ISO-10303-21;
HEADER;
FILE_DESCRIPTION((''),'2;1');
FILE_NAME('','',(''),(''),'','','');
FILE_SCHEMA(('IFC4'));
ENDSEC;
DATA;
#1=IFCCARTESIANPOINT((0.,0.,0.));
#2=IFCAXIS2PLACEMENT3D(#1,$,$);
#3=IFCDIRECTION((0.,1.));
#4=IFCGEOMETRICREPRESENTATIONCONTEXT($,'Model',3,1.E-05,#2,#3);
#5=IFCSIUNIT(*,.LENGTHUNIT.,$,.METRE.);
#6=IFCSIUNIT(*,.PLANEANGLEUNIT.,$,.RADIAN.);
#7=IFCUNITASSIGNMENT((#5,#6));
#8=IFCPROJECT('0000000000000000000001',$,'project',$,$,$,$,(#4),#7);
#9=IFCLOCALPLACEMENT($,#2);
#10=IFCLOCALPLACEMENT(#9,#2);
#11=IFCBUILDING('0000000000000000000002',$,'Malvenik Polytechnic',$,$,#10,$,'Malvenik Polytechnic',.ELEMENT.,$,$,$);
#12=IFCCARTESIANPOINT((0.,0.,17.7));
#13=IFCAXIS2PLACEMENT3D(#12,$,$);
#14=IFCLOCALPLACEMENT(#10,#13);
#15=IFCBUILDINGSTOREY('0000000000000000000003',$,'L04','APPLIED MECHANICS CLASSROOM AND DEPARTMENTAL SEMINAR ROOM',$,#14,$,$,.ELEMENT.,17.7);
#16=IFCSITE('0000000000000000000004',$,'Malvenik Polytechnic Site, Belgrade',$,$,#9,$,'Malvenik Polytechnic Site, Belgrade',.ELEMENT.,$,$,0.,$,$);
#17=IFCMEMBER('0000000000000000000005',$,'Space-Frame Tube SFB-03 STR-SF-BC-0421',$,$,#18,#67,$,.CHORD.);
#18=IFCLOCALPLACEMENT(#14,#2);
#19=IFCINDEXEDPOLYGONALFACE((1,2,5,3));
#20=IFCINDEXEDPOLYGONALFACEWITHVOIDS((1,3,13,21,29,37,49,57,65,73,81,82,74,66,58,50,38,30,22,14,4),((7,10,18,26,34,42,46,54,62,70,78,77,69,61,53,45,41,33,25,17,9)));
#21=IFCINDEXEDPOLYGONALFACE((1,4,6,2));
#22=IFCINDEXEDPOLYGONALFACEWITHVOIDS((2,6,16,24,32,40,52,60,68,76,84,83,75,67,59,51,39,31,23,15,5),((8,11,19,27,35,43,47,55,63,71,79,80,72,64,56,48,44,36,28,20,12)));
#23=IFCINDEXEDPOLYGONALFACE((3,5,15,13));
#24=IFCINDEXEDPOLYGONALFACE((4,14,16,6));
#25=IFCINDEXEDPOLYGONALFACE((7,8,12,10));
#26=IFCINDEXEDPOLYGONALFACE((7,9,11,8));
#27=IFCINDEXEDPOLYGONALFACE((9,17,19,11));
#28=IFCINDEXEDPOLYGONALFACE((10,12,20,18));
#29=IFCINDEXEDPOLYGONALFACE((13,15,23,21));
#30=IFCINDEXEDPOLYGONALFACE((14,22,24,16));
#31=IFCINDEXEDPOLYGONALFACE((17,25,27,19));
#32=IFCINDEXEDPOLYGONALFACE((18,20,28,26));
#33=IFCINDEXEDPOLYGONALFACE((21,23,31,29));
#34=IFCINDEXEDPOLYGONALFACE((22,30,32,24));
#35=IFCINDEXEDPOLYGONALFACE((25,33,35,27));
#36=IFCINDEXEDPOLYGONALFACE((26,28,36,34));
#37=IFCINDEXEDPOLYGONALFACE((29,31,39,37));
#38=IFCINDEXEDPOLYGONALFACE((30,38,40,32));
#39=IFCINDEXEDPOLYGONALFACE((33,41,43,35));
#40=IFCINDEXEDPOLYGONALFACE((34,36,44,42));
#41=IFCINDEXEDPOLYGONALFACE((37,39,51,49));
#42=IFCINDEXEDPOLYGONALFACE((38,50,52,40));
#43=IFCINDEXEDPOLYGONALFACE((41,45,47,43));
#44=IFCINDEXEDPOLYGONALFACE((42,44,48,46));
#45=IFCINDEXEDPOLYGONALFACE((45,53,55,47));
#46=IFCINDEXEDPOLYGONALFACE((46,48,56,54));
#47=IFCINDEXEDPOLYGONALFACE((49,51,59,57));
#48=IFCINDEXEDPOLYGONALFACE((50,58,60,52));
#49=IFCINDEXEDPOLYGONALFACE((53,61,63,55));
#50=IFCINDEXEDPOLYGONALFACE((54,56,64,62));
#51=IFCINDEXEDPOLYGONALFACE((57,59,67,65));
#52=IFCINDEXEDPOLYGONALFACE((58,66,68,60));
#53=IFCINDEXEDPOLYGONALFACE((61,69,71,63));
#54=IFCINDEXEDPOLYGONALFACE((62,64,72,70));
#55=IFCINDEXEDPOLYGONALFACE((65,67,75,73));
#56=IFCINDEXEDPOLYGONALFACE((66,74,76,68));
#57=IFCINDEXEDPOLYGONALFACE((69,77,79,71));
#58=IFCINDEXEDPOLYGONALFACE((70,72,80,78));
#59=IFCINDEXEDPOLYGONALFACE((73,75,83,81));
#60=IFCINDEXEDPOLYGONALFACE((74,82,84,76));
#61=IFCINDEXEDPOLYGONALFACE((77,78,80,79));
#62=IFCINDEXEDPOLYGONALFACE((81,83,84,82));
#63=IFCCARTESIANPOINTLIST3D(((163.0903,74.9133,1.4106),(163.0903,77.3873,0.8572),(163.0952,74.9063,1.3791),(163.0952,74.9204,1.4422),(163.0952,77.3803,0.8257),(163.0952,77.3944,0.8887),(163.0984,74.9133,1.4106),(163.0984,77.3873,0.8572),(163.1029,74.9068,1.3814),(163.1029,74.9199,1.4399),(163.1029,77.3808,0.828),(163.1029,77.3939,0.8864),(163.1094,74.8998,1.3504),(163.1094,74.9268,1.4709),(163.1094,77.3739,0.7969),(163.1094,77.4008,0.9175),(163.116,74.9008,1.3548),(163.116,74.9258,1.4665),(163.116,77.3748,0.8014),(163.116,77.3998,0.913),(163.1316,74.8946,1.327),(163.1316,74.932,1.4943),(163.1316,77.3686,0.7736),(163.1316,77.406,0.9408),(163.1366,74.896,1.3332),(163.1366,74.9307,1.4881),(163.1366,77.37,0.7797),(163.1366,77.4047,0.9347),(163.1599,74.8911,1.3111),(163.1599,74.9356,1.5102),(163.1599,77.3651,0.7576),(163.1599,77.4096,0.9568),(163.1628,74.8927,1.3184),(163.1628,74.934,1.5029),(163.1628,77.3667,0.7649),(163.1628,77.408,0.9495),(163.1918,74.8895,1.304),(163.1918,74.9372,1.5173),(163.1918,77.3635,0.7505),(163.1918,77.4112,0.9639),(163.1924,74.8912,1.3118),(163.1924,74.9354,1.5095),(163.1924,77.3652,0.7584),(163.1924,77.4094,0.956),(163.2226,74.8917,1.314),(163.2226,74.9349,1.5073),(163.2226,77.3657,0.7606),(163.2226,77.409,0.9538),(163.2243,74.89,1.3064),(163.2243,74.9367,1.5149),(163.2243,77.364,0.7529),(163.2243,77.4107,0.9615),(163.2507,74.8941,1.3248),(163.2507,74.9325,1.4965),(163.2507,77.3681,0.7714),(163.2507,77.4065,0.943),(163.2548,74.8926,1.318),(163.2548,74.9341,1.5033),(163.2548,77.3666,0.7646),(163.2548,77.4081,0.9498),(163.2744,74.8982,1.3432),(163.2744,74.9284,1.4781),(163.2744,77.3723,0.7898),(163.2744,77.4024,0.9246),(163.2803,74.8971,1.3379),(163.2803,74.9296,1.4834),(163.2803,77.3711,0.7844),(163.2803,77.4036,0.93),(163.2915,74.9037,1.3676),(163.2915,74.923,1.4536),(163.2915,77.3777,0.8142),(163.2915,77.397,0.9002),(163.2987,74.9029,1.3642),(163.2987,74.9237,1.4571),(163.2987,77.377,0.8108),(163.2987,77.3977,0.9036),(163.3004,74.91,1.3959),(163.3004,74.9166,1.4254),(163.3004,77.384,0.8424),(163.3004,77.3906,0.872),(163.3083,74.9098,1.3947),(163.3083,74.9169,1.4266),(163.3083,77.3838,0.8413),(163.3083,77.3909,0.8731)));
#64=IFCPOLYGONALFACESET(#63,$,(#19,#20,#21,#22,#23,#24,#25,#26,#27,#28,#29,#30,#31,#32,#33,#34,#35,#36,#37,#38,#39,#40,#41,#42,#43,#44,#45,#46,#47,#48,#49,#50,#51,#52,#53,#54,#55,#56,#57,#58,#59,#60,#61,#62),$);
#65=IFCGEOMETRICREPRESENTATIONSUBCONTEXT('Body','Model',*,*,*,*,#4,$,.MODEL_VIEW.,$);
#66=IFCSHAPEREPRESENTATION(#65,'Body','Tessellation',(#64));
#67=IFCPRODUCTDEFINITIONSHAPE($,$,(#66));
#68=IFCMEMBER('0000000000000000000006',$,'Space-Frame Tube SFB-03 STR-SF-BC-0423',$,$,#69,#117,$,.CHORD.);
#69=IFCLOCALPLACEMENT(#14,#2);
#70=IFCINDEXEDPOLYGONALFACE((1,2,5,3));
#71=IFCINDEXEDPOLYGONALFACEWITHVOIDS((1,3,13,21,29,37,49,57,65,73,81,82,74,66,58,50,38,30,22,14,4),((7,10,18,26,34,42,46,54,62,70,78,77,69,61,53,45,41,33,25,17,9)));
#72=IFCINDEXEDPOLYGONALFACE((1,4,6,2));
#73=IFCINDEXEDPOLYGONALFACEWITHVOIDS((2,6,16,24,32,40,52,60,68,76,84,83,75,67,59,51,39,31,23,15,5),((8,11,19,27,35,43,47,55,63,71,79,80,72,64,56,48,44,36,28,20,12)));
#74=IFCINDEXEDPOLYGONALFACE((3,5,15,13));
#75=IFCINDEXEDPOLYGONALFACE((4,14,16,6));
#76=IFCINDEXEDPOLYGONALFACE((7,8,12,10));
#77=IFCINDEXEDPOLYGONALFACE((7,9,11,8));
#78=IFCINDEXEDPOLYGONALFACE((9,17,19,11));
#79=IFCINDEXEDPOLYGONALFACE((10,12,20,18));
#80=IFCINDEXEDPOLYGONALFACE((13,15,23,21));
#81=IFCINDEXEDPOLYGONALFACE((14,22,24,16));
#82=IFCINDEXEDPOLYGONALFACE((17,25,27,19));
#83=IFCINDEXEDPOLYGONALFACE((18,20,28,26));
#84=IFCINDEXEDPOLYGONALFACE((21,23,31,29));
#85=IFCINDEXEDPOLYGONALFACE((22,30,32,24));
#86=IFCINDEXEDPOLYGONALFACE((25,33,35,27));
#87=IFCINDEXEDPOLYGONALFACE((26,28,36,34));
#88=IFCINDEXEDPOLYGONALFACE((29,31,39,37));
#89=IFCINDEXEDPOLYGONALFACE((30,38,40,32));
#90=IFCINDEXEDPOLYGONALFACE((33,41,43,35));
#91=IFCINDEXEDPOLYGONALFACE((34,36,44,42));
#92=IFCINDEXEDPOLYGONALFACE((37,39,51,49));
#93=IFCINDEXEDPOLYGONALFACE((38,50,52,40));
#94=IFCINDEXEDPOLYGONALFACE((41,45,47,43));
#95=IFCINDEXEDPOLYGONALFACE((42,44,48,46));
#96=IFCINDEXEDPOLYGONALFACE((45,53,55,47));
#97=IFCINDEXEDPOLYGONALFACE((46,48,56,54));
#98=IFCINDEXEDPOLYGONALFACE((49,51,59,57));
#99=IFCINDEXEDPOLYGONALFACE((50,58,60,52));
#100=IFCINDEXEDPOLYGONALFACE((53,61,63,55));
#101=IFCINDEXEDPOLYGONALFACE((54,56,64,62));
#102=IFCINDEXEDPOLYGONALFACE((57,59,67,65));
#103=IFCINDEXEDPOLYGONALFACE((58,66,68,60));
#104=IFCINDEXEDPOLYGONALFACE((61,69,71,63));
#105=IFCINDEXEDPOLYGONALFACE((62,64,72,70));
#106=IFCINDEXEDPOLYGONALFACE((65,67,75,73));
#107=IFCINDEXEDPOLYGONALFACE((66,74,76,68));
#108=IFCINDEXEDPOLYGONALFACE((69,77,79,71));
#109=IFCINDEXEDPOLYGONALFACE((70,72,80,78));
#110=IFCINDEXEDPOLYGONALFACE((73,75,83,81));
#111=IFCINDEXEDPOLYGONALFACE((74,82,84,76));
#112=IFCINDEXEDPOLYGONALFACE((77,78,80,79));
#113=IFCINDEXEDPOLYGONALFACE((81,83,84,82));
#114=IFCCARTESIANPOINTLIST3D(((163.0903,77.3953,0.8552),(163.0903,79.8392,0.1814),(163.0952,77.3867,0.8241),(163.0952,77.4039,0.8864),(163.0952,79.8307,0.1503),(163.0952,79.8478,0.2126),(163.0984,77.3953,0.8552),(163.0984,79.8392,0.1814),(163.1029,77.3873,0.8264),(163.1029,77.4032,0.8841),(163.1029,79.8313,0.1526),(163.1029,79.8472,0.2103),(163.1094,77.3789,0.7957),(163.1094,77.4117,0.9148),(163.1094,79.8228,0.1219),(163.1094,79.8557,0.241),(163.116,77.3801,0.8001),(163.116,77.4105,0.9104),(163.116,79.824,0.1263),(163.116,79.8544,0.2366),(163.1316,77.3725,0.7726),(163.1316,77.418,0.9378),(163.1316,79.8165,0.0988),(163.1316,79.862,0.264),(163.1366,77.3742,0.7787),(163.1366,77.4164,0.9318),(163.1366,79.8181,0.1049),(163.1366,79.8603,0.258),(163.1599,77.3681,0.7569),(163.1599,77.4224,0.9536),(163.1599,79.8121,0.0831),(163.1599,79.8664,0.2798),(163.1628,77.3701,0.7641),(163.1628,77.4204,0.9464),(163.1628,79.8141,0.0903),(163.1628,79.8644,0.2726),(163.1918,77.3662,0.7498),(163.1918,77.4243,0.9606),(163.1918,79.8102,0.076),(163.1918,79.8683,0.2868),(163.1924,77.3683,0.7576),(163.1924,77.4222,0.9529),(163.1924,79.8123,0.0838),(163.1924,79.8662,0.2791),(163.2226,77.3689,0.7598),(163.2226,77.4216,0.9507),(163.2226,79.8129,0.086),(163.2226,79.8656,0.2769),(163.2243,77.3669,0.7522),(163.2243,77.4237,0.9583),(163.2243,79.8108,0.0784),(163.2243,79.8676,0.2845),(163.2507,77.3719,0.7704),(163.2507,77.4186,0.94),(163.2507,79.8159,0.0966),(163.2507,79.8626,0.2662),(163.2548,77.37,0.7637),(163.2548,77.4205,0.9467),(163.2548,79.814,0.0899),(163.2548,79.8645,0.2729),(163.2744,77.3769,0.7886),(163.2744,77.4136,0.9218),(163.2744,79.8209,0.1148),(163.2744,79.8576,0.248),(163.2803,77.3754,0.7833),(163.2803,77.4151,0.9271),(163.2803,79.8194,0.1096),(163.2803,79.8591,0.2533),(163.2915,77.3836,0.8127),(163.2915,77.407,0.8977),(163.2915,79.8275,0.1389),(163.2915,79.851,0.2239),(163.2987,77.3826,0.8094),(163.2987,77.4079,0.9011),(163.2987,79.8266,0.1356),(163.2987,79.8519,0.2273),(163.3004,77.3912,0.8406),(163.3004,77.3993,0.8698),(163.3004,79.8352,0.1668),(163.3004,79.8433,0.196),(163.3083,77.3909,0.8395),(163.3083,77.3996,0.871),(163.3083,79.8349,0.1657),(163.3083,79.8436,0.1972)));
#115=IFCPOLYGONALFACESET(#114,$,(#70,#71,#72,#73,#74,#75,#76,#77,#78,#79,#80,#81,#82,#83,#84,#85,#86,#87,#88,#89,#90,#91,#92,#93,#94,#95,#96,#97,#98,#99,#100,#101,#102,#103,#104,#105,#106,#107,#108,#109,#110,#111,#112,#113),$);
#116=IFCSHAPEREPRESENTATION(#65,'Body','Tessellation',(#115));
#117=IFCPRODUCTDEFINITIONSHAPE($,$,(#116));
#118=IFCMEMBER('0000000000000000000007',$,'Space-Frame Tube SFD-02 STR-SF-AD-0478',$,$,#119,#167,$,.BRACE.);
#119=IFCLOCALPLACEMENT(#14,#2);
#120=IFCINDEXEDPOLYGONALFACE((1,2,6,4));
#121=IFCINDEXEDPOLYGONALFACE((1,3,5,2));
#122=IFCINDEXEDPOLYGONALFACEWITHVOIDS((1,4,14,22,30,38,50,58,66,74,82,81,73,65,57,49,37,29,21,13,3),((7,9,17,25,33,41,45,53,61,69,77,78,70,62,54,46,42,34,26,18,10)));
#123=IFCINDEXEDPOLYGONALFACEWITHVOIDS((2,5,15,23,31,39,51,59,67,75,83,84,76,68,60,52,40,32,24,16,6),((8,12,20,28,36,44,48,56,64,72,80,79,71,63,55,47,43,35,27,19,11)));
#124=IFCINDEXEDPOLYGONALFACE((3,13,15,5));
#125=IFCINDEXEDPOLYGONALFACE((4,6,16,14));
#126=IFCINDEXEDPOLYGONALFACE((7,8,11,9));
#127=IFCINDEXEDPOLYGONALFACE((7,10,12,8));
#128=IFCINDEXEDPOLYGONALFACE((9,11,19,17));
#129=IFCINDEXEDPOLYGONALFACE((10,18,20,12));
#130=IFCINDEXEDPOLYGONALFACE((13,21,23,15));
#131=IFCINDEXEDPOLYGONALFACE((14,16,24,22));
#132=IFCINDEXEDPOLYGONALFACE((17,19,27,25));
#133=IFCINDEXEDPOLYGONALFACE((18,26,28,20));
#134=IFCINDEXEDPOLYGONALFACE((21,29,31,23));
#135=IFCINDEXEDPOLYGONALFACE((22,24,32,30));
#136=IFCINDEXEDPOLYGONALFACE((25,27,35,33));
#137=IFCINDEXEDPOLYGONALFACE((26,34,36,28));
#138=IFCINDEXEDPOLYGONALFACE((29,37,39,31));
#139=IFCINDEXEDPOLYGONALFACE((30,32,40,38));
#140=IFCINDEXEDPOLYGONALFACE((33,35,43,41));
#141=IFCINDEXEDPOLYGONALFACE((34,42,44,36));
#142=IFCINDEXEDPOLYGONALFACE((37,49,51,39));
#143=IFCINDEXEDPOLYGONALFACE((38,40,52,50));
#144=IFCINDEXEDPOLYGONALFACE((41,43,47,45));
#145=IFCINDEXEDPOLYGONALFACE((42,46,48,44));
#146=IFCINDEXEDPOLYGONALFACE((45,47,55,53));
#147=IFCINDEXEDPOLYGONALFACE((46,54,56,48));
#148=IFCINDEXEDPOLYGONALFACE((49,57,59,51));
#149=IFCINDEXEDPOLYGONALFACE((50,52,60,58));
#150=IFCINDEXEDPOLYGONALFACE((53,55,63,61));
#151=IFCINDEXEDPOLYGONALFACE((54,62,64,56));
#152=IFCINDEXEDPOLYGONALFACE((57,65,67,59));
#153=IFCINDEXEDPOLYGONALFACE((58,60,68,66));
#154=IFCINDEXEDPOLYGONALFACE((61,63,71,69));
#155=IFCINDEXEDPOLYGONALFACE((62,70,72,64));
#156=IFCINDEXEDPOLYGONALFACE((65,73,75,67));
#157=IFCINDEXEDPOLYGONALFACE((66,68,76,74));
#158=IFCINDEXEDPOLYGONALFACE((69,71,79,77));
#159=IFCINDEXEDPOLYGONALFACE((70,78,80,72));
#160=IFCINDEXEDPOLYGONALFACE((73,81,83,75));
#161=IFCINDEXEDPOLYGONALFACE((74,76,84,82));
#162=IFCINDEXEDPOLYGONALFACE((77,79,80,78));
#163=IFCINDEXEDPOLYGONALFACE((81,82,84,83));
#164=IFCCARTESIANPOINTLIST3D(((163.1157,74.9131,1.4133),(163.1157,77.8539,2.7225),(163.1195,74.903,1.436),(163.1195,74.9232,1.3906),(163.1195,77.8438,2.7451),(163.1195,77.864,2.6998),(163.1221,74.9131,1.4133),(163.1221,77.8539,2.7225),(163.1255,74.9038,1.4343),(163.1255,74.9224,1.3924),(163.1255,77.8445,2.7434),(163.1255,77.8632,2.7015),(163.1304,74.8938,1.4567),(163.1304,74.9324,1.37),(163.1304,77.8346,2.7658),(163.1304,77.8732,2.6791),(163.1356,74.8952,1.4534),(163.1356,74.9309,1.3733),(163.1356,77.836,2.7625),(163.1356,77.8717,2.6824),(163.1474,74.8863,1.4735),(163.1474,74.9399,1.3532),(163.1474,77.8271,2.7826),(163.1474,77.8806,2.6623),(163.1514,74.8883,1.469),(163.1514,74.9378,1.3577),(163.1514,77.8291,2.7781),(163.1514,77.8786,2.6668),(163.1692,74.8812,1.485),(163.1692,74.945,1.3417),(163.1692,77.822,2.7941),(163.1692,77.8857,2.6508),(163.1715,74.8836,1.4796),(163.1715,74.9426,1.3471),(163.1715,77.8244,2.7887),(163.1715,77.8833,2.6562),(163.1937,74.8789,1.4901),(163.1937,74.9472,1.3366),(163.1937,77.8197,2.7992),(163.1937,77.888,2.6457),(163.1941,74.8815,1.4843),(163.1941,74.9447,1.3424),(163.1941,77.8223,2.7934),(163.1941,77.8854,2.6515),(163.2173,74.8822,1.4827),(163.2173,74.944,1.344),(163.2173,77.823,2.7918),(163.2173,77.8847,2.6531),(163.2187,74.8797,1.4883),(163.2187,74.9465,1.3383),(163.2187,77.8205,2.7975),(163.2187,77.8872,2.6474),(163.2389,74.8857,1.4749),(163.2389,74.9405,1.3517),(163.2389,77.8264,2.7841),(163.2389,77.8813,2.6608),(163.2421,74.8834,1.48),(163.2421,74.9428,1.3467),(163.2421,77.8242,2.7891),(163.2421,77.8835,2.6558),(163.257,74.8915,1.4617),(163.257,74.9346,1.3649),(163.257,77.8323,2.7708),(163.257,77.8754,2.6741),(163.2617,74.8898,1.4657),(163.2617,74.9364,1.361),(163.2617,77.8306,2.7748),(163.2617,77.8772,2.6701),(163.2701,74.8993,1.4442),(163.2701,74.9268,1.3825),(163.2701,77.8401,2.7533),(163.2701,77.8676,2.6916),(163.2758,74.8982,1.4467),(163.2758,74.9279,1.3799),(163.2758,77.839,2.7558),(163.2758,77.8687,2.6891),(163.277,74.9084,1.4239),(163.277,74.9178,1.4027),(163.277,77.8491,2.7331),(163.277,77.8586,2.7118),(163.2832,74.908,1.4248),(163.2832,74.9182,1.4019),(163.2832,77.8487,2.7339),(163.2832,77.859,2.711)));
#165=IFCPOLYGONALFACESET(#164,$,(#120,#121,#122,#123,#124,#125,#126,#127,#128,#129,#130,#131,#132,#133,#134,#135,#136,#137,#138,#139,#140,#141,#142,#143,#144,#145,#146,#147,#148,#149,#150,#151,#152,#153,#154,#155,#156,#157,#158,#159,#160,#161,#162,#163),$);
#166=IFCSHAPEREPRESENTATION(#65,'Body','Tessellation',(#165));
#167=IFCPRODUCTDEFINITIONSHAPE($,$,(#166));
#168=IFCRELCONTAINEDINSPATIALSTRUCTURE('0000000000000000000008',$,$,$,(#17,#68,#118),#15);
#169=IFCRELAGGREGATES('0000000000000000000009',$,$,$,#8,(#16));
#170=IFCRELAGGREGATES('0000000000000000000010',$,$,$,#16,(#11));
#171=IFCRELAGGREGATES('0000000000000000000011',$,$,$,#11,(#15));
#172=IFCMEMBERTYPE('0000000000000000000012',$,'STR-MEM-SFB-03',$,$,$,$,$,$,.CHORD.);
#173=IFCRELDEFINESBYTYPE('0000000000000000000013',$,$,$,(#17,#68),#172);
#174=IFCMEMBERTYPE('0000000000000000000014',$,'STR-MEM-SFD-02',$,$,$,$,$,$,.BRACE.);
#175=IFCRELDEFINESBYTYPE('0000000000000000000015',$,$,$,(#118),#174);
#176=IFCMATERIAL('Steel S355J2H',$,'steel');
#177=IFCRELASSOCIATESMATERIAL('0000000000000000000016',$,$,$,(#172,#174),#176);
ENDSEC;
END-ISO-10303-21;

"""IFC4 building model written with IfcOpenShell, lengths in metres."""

from ifc_helpers import new_model, si_unit, direction, frame, origin, origin_2d, place, context, subcontext, project, spatial, hollow_circle, extrude, material, material_profile, profile_set, type_object, element, save


model = new_model("IFC4")

# Units and contexts
model_context = context("Model", 3, precision=1e-05, world=origin(), true_north=direction((0.0, 1.0)))
body_context = subcontext(model_context, "Body", "Model", "MODEL_VIEW")
ifc_project = project(units=[si_unit("LENGTHUNIT", "METRE"), si_unit("PLANEANGLEUNIT", "RADIAN")], contexts=[model_context])

# Site, building, storey
site_placement = place(None, origin())
site = spatial("IfcSite", under=ifc_project, at=site_placement, Name="Malvenik Polytechnic Site, Belgrade", LongName="Malvenik Polytechnic Site, Belgrade", CompositionType="ELEMENT", RefElevation=0.0)
building_placement = place(site_placement, origin())
building = spatial("IfcBuilding", under=site, at=building_placement, Name="Malvenik Polytechnic", LongName="Malvenik Polytechnic", CompositionType="ELEMENT")
storey_placement = place(building_placement, frame((0.0, 0.0, 17.7)))
storey = spatial("IfcBuildingStorey", under=building, at=storey_placement, Name="L04", Description="APPLIED MECHANICS CLASSROOM AND DEPARTMENTAL SEMINAR ROOM", CompositionType="ELEMENT", Elevation=17.7)

# Members
ifc_material = material(Name="Steel S355J2H", Category="steel")
ifc_material_profile_1 = material_profile(ifc_material, hollow_circle(Radius=0.1096, WallThickness=0.0081, at=origin_2d()), Name="CHS 219.1x8.0")
ifc_profile_set_1 = profile_set([ifc_material_profile_1], Name="Steel S355J2H")
member_type_1 = type_object("IfcMemberType", Name="STR-MEM-SFB-03", PredefinedType="CHORD", material=ifc_profile_set_1)
for number, where, z_axis, x_axis, name in (
    (1, (163.2, 74.9133, 1.4106), (0.0, 0.97588, -0.218307), (-1.0, 0.0, 0.0), "Space-Frame Tube SFB-03 STR-SF-BC-0421"),
    (2, (163.2, 77.3953, 0.8552), (0.0, 0.964033, -0.265781), (-1.0, 0.0, 0.0), "Space-Frame Tube SFB-03 STR-SF-BC-0423"),
):
    element("IfcMember", number, at=place(storey_placement, frame(where, z_axis=z_axis, x_axis=x_axis)), inside=storey, type_object=member_type_1, Name=name, PredefinedType="CHORD", context=body_context, shape_type="SweptSolid", body=[
        extrude(hollow_circle(Radius=0.1096, WallThickness=0.0081, at=origin_2d()), origin(), (0.0, 0.0, 1.0), 2.5352),
    ])
ifc_material_profile_2 = material_profile(ifc_material, hollow_circle(Radius=0.0842, WallThickness=0.0063, at=origin_2d()), Name="CHS 168.3x6.3")
ifc_profile_set_2 = profile_set([ifc_material_profile_2], Name="Steel S355J2H")
member_type_2 = type_object("IfcMemberType", Name="STR-MEM-SFD-02", PredefinedType="BRACE", material=ifc_profile_set_2)
for number, where, z_axis, x_axis, name in (
    (3, (163.2, 74.9131, 1.4133), (0.0, 0.913567, 0.406687), (-1.0, 0.0, 0.0), "Space-Frame Tube SFD-02 STR-SF-AD-0478"),
):
    element("IfcMember", number, at=place(storey_placement, frame(where, z_axis=z_axis, x_axis=x_axis)), inside=storey, type_object=member_type_2, Name=name, PredefinedType="BRACE", context=body_context, shape_type="SweptSolid", body=[
        extrude(hollow_circle(Radius=0.0842, WallThickness=0.0063, at=origin_2d()), origin(), (0.0, 0.0, 1.0), 3.219),
    ])

save(model, "model.ifc")
